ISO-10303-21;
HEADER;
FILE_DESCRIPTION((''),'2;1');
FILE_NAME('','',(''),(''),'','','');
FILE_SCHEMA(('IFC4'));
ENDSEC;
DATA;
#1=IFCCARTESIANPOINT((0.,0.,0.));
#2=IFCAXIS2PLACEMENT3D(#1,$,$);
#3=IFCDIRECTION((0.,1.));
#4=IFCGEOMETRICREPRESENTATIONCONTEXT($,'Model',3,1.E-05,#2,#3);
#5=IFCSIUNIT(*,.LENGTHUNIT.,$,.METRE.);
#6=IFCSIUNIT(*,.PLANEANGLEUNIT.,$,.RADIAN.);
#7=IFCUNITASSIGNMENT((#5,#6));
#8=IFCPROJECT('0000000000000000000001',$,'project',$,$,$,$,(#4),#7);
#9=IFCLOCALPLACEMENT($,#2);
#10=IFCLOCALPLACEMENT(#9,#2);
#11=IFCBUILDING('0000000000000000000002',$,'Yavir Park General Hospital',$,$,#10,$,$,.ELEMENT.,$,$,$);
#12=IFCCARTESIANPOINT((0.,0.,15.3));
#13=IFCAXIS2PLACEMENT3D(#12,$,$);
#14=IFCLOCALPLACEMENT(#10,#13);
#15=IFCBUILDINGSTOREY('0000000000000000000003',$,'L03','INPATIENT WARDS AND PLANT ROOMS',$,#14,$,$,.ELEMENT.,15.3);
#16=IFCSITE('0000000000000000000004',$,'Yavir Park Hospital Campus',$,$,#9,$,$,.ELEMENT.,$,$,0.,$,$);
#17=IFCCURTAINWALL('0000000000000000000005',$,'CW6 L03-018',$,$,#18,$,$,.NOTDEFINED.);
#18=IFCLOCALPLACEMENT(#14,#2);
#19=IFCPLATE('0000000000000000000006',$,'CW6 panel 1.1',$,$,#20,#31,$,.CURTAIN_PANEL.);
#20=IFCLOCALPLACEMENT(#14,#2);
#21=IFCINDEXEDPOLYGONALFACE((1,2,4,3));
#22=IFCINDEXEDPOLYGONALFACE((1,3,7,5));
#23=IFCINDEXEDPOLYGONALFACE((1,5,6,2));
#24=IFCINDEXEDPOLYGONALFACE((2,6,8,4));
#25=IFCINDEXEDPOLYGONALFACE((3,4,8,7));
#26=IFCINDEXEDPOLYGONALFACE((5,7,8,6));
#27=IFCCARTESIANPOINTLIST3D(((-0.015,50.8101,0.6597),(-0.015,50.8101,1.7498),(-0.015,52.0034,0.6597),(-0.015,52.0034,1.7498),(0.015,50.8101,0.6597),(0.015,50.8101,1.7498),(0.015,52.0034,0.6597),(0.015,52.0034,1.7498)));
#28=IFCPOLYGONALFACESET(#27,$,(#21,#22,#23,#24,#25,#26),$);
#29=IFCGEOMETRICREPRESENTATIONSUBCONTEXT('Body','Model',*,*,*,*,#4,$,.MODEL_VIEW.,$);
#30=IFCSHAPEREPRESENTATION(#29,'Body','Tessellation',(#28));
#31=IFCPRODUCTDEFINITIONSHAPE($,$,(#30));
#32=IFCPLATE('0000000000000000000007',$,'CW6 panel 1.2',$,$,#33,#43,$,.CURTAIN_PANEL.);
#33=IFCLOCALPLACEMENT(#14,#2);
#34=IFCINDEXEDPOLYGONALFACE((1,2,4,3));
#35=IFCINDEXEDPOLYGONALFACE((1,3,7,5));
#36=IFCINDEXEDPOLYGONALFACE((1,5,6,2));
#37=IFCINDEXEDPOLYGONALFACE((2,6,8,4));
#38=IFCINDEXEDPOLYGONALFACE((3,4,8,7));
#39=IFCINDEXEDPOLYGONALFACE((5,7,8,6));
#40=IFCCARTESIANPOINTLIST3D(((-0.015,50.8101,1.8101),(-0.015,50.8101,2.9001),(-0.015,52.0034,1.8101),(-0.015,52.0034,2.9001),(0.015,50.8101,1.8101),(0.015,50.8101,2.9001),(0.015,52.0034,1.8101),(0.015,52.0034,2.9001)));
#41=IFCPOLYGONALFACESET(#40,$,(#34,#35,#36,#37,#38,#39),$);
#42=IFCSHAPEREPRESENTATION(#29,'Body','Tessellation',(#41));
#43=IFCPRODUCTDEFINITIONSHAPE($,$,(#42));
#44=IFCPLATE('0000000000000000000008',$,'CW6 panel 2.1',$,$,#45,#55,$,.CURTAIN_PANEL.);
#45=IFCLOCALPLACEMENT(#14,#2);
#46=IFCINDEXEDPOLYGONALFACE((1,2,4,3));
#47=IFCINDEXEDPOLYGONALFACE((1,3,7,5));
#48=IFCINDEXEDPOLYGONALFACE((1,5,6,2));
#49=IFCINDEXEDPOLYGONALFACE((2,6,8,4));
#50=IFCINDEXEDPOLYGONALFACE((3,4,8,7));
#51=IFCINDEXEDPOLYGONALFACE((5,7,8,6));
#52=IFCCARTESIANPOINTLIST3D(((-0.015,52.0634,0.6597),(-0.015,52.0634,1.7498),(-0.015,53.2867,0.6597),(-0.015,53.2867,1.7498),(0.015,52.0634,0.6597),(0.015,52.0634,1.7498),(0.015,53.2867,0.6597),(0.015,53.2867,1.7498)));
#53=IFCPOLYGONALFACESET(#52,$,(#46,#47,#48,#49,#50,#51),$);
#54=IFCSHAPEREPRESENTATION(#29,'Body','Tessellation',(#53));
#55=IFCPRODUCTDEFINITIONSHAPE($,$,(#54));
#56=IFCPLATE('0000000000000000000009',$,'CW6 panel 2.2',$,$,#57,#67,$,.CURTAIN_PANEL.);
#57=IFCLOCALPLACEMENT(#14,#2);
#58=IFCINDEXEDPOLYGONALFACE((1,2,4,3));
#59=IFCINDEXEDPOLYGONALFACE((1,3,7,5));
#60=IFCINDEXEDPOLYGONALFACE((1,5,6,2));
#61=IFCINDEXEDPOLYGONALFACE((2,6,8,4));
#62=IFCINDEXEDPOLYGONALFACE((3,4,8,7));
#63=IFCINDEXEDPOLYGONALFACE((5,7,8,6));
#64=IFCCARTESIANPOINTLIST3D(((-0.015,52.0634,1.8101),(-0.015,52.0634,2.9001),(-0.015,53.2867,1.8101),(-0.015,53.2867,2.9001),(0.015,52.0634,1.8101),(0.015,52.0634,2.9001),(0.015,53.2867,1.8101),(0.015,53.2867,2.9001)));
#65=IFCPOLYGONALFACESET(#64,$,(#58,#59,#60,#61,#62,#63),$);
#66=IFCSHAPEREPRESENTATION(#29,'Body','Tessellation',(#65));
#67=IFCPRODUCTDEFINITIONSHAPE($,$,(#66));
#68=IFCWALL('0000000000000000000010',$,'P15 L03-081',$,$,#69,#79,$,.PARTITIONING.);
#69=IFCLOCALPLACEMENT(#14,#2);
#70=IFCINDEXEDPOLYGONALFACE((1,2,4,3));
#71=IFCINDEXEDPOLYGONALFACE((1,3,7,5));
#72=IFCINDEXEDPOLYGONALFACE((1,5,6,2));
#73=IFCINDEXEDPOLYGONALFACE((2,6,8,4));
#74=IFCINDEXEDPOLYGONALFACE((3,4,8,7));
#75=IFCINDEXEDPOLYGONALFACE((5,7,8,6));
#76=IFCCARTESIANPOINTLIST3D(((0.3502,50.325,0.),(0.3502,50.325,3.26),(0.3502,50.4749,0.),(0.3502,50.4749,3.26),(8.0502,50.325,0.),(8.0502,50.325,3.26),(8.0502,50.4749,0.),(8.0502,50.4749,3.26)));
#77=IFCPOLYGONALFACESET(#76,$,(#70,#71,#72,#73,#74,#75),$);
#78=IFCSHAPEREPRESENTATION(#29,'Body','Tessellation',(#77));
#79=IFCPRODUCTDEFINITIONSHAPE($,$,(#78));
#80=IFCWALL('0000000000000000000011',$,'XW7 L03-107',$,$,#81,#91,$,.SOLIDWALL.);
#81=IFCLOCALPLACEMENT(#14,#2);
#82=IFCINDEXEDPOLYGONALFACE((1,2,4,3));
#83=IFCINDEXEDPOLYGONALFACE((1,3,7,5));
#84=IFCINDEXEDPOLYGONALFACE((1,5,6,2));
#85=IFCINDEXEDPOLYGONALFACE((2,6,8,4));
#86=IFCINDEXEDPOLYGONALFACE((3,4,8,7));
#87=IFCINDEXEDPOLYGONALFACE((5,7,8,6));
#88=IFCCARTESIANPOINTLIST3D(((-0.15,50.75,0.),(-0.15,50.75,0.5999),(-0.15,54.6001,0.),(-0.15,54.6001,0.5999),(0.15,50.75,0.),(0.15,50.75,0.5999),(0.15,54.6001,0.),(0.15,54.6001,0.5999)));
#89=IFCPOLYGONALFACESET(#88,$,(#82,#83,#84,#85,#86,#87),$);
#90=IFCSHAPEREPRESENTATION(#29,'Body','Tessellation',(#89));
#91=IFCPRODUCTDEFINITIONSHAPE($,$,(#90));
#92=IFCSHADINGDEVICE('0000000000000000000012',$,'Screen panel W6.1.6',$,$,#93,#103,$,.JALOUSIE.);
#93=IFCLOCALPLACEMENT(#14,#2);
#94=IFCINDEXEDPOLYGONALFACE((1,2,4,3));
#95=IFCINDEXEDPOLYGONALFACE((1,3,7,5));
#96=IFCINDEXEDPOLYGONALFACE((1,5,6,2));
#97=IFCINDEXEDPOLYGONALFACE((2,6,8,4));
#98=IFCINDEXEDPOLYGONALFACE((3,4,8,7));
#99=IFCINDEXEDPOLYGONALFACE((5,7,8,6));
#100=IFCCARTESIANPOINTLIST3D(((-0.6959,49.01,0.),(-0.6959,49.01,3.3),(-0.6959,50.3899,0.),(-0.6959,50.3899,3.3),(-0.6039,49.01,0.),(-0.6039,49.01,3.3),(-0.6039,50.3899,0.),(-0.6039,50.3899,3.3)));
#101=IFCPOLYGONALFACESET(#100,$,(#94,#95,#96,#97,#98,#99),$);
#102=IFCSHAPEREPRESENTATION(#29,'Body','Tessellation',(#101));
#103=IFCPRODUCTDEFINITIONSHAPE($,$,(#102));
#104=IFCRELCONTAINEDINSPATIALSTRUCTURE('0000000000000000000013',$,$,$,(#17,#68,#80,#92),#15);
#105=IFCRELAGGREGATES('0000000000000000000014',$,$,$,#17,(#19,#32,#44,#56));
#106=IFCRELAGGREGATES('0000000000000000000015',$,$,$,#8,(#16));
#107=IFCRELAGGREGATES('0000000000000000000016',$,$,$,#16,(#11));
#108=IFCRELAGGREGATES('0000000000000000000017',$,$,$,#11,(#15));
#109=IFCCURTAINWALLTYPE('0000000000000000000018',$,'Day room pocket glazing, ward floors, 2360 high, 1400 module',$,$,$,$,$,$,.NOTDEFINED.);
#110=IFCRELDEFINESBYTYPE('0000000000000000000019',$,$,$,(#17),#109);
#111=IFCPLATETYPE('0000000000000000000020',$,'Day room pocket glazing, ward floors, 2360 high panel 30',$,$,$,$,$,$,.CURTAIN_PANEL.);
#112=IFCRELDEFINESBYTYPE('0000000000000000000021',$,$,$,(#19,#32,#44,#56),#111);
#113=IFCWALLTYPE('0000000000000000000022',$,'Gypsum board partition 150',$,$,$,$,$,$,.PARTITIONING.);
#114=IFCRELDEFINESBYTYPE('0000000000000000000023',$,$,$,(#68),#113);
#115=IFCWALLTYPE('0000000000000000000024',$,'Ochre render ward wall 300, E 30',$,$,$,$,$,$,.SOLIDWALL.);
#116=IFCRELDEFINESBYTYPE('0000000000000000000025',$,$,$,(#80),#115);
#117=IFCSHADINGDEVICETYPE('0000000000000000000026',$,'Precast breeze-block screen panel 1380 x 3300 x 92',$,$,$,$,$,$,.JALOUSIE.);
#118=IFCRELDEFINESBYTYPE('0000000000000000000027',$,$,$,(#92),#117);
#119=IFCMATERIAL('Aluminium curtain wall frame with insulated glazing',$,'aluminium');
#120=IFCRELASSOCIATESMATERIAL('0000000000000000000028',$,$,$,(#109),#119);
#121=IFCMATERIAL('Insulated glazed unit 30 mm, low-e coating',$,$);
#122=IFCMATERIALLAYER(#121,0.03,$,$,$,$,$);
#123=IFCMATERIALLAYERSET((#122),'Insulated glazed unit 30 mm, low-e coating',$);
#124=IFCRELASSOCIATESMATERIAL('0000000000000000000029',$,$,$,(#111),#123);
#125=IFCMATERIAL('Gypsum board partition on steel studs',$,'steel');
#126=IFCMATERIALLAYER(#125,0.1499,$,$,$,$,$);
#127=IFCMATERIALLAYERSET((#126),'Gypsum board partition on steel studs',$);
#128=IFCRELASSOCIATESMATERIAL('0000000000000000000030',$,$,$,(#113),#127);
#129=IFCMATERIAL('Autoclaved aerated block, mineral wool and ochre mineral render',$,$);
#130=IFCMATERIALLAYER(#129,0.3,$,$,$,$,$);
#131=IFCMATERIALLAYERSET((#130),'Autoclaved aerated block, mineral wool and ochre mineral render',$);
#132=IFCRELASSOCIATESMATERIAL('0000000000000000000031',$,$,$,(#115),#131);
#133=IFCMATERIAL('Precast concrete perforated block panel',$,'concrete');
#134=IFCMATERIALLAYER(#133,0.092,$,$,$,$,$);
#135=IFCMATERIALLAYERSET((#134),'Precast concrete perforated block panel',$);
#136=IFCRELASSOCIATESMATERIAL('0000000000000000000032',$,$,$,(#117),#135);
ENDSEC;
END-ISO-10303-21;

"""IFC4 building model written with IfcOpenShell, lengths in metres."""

from ifc_helpers import new_model, si_unit, direction, frame, frame_2d, origin, origin_2d, place, context, subcontext, project, spatial, rectangle, extrude, material, layer, layer_set, type_object, element, aggregate, save


model = new_model("IFC4")

# Units and contexts
model_context = context("Model", 3, precision=1e-05, world=origin(), true_north=direction((0.0, 1.0)))
body_context = subcontext(model_context, "Body", "Model", "MODEL_VIEW")
ifc_project = project(units=[si_unit("LENGTHUNIT", "METRE"), si_unit("PLANEANGLEUNIT", "RADIAN")], contexts=[model_context])

# Site, building, storey
site_placement = place(None, origin())
site = spatial("IfcSite", under=ifc_project, at=site_placement, Name="Yavir Park Hospital Campus", CompositionType="ELEMENT", RefElevation=0.0)
building_placement = place(site_placement, origin())
building = spatial("IfcBuilding", under=site, at=building_placement, Name="Yavir Park General Hospital", CompositionType="ELEMENT")
storey_placement = place(building_placement, frame((0.0, 0.0, 15.3)))
storey = spatial("IfcBuildingStorey", under=building, at=storey_placement, Name="L03", Description="INPATIENT WARDS AND PLANT ROOMS", CompositionType="ELEMENT", Elevation=15.3)

# Curtain wall
ifc_material_1 = material(Name="Aluminium curtain wall frame with insulated glazing", Category="aluminium")
curtain_wall_type = type_object("IfcCurtainWallType", Name="Day room pocket glazing, ward floors, 2360 high, 1400 module", PredefinedType="NOTDEFINED", material=ifc_material_1)
curtain_wall_placement = place(storey_placement, origin())
curtain_wall = element("IfcCurtainWall", 1, at=curtain_wall_placement, inside=storey, type_object=curtain_wall_type, Name="CW6 L03-018", PredefinedType="NOTDEFINED")

# Plates
ifc_material_2 = material(Name="Insulated glazed unit 30 mm, low-e coating")
ifc_layer_1 = layer(ifc_material_2, 0.03)
ifc_layer_set_1 = layer_set([ifc_layer_1], Name="Insulated glazed unit 30 mm, low-e coating")
plate_type = type_object("IfcPlateType", Name="Day room pocket glazing, ward floors, 2360 high panel 30", PredefinedType="CURTAIN_PANEL", material=ifc_layer_set_1)
plate_1_placement = place(storey_placement, frame((0.0, 51.4067, 0.6597), z_axis=(0.0, 0.0, 1.0), x_axis=(0.0, 1.0, 0.0)))
plate_1 = element("IfcPlate", 2, at=plate_1_placement, type_object=plate_type, Name="CW6 panel 1.1", PredefinedType="CURTAIN_PANEL", context=body_context, shape_type="SweptSolid", body=[
    extrude(rectangle(XDim=1.1934, YDim=0.03, at=origin_2d()), origin(), (0.0, 0.0, 1.0), 1.0901),
])
plate_2_placement = place(storey_placement, frame((0.0, 51.4067, 1.8101), z_axis=(0.0, 0.0, 1.0), x_axis=(0.0, 1.0, 0.0)))
plate_2 = element("IfcPlate", 3, at=plate_2_placement, type_object=plate_type, Name="CW6 panel 1.2", PredefinedType="CURTAIN_PANEL", context=body_context, shape_type="SweptSolid", body=[
    extrude(rectangle(XDim=1.1934, YDim=0.03, at=origin_2d()), origin(), (0.0, 0.0, 1.0), 1.0901),
])
plate_3_placement = place(storey_placement, frame((0.0, 52.675, 0.6597), z_axis=(0.0, 0.0, 1.0), x_axis=(0.0, 1.0, 0.0)))
plate_3 = element("IfcPlate", 4, at=plate_3_placement, type_object=plate_type, Name="CW6 panel 2.1", PredefinedType="CURTAIN_PANEL", context=body_context, shape_type="SweptSolid", body=[
    extrude(rectangle(XDim=1.2234, YDim=0.03, at=origin_2d()), origin(), (0.0, 0.0, 1.0), 1.0901),
])
plate_4_placement = place(storey_placement, frame((0.0, 52.675, 1.8101), z_axis=(0.0, 0.0, 1.0), x_axis=(0.0, 1.0, 0.0)))
plate_4 = element("IfcPlate", 5, at=plate_4_placement, type_object=plate_type, Name="CW6 panel 2.2", PredefinedType="CURTAIN_PANEL", context=body_context, shape_type="SweptSolid", body=[
    extrude(rectangle(XDim=1.2234, YDim=0.03, at=origin_2d()), origin(), (0.0, 0.0, 1.0), 1.0901),
])
aggregate(curtain_wall, [plate_1, plate_2, plate_3, plate_4])

# Walls
ifc_material_3 = material(Name="Gypsum board partition on steel studs", Category="steel")
ifc_layer_2 = layer(ifc_material_3, 0.1499)
ifc_layer_set_2 = layer_set([ifc_layer_2], Name="Gypsum board partition on steel studs")
wall_type_1 = type_object("IfcWallType", Name="Gypsum board partition 150", PredefinedType="PARTITIONING", material=ifc_layer_set_2)
wall_1_placement = place(storey_placement, frame((0.3501, 50.3999, 0.0), z_axis=(0.0, 0.0, 1.0), x_axis=(1.0, 0.0, 0.0)))
element("IfcWall", 6, at=wall_1_placement, inside=storey, type_object=wall_type_1, Name="P15 L03-081", PredefinedType="PARTITIONING", context=body_context, shape_type="SweptSolid", body=[
    extrude(rectangle(XDim=7.7, YDim=0.1499, at=frame_2d((3.8501, 0.0))), origin(), (0.0, 0.0, 1.0), 3.26),
])
ifc_material_4 = material(Name="Autoclaved aerated block, mineral wool and ochre mineral render")
ifc_layer_3 = layer(ifc_material_4, 0.3)
ifc_layer_set_3 = layer_set([ifc_layer_3], Name="Autoclaved aerated block, mineral wool and ochre mineral render")
wall_type_2 = type_object("IfcWallType", Name="Ochre render ward wall 300, E 30", PredefinedType="SOLIDWALL", material=ifc_layer_set_3)
wall_2_placement = place(storey_placement, frame((0.0, 50.75, 0.0), z_axis=(0.0, 0.0, 1.0), x_axis=(0.0, 1.0, 0.0)))
element("IfcWall", 7, at=wall_2_placement, inside=storey, type_object=wall_type_2, Name="XW7 L03-107", PredefinedType="SOLIDWALL", context=body_context, shape_type="SweptSolid", body=[
    extrude(rectangle(XDim=3.8501, YDim=0.3, at=frame_2d((1.925, 0.0))), origin(), (0.0, 0.0, 1.0), 0.5999),
])

# Shading device
ifc_material_5 = material(Name="Precast concrete perforated block panel", Category="concrete")
ifc_layer_4 = layer(ifc_material_5, 0.092)
ifc_layer_set_4 = layer_set([ifc_layer_4], Name="Precast concrete perforated block panel")
shading_device_type = type_object("IfcShadingDeviceType", Name="Precast breeze-block screen panel 1380 x 3300 x 92", PredefinedType="JALOUSIE", material=ifc_layer_set_4)
shading_device_placement = place(storey_placement, frame((-0.6499, 49.7, 0.0), z_axis=(0.0, 0.0, 1.0), x_axis=(1.0, 0.0, 0.0)))
element("IfcShadingDevice", 8, at=shading_device_placement, inside=storey, type_object=shading_device_type, Name="Screen panel W6.1.6", PredefinedType="JALOUSIE", context=body_context, shape_type="SweptSolid", body=[
    extrude(rectangle(XDim=0.092, YDim=1.3799, at=origin_2d()), origin(), (0.0, 0.0, 1.0), 3.3),
])

save(model, "model.ifc")
